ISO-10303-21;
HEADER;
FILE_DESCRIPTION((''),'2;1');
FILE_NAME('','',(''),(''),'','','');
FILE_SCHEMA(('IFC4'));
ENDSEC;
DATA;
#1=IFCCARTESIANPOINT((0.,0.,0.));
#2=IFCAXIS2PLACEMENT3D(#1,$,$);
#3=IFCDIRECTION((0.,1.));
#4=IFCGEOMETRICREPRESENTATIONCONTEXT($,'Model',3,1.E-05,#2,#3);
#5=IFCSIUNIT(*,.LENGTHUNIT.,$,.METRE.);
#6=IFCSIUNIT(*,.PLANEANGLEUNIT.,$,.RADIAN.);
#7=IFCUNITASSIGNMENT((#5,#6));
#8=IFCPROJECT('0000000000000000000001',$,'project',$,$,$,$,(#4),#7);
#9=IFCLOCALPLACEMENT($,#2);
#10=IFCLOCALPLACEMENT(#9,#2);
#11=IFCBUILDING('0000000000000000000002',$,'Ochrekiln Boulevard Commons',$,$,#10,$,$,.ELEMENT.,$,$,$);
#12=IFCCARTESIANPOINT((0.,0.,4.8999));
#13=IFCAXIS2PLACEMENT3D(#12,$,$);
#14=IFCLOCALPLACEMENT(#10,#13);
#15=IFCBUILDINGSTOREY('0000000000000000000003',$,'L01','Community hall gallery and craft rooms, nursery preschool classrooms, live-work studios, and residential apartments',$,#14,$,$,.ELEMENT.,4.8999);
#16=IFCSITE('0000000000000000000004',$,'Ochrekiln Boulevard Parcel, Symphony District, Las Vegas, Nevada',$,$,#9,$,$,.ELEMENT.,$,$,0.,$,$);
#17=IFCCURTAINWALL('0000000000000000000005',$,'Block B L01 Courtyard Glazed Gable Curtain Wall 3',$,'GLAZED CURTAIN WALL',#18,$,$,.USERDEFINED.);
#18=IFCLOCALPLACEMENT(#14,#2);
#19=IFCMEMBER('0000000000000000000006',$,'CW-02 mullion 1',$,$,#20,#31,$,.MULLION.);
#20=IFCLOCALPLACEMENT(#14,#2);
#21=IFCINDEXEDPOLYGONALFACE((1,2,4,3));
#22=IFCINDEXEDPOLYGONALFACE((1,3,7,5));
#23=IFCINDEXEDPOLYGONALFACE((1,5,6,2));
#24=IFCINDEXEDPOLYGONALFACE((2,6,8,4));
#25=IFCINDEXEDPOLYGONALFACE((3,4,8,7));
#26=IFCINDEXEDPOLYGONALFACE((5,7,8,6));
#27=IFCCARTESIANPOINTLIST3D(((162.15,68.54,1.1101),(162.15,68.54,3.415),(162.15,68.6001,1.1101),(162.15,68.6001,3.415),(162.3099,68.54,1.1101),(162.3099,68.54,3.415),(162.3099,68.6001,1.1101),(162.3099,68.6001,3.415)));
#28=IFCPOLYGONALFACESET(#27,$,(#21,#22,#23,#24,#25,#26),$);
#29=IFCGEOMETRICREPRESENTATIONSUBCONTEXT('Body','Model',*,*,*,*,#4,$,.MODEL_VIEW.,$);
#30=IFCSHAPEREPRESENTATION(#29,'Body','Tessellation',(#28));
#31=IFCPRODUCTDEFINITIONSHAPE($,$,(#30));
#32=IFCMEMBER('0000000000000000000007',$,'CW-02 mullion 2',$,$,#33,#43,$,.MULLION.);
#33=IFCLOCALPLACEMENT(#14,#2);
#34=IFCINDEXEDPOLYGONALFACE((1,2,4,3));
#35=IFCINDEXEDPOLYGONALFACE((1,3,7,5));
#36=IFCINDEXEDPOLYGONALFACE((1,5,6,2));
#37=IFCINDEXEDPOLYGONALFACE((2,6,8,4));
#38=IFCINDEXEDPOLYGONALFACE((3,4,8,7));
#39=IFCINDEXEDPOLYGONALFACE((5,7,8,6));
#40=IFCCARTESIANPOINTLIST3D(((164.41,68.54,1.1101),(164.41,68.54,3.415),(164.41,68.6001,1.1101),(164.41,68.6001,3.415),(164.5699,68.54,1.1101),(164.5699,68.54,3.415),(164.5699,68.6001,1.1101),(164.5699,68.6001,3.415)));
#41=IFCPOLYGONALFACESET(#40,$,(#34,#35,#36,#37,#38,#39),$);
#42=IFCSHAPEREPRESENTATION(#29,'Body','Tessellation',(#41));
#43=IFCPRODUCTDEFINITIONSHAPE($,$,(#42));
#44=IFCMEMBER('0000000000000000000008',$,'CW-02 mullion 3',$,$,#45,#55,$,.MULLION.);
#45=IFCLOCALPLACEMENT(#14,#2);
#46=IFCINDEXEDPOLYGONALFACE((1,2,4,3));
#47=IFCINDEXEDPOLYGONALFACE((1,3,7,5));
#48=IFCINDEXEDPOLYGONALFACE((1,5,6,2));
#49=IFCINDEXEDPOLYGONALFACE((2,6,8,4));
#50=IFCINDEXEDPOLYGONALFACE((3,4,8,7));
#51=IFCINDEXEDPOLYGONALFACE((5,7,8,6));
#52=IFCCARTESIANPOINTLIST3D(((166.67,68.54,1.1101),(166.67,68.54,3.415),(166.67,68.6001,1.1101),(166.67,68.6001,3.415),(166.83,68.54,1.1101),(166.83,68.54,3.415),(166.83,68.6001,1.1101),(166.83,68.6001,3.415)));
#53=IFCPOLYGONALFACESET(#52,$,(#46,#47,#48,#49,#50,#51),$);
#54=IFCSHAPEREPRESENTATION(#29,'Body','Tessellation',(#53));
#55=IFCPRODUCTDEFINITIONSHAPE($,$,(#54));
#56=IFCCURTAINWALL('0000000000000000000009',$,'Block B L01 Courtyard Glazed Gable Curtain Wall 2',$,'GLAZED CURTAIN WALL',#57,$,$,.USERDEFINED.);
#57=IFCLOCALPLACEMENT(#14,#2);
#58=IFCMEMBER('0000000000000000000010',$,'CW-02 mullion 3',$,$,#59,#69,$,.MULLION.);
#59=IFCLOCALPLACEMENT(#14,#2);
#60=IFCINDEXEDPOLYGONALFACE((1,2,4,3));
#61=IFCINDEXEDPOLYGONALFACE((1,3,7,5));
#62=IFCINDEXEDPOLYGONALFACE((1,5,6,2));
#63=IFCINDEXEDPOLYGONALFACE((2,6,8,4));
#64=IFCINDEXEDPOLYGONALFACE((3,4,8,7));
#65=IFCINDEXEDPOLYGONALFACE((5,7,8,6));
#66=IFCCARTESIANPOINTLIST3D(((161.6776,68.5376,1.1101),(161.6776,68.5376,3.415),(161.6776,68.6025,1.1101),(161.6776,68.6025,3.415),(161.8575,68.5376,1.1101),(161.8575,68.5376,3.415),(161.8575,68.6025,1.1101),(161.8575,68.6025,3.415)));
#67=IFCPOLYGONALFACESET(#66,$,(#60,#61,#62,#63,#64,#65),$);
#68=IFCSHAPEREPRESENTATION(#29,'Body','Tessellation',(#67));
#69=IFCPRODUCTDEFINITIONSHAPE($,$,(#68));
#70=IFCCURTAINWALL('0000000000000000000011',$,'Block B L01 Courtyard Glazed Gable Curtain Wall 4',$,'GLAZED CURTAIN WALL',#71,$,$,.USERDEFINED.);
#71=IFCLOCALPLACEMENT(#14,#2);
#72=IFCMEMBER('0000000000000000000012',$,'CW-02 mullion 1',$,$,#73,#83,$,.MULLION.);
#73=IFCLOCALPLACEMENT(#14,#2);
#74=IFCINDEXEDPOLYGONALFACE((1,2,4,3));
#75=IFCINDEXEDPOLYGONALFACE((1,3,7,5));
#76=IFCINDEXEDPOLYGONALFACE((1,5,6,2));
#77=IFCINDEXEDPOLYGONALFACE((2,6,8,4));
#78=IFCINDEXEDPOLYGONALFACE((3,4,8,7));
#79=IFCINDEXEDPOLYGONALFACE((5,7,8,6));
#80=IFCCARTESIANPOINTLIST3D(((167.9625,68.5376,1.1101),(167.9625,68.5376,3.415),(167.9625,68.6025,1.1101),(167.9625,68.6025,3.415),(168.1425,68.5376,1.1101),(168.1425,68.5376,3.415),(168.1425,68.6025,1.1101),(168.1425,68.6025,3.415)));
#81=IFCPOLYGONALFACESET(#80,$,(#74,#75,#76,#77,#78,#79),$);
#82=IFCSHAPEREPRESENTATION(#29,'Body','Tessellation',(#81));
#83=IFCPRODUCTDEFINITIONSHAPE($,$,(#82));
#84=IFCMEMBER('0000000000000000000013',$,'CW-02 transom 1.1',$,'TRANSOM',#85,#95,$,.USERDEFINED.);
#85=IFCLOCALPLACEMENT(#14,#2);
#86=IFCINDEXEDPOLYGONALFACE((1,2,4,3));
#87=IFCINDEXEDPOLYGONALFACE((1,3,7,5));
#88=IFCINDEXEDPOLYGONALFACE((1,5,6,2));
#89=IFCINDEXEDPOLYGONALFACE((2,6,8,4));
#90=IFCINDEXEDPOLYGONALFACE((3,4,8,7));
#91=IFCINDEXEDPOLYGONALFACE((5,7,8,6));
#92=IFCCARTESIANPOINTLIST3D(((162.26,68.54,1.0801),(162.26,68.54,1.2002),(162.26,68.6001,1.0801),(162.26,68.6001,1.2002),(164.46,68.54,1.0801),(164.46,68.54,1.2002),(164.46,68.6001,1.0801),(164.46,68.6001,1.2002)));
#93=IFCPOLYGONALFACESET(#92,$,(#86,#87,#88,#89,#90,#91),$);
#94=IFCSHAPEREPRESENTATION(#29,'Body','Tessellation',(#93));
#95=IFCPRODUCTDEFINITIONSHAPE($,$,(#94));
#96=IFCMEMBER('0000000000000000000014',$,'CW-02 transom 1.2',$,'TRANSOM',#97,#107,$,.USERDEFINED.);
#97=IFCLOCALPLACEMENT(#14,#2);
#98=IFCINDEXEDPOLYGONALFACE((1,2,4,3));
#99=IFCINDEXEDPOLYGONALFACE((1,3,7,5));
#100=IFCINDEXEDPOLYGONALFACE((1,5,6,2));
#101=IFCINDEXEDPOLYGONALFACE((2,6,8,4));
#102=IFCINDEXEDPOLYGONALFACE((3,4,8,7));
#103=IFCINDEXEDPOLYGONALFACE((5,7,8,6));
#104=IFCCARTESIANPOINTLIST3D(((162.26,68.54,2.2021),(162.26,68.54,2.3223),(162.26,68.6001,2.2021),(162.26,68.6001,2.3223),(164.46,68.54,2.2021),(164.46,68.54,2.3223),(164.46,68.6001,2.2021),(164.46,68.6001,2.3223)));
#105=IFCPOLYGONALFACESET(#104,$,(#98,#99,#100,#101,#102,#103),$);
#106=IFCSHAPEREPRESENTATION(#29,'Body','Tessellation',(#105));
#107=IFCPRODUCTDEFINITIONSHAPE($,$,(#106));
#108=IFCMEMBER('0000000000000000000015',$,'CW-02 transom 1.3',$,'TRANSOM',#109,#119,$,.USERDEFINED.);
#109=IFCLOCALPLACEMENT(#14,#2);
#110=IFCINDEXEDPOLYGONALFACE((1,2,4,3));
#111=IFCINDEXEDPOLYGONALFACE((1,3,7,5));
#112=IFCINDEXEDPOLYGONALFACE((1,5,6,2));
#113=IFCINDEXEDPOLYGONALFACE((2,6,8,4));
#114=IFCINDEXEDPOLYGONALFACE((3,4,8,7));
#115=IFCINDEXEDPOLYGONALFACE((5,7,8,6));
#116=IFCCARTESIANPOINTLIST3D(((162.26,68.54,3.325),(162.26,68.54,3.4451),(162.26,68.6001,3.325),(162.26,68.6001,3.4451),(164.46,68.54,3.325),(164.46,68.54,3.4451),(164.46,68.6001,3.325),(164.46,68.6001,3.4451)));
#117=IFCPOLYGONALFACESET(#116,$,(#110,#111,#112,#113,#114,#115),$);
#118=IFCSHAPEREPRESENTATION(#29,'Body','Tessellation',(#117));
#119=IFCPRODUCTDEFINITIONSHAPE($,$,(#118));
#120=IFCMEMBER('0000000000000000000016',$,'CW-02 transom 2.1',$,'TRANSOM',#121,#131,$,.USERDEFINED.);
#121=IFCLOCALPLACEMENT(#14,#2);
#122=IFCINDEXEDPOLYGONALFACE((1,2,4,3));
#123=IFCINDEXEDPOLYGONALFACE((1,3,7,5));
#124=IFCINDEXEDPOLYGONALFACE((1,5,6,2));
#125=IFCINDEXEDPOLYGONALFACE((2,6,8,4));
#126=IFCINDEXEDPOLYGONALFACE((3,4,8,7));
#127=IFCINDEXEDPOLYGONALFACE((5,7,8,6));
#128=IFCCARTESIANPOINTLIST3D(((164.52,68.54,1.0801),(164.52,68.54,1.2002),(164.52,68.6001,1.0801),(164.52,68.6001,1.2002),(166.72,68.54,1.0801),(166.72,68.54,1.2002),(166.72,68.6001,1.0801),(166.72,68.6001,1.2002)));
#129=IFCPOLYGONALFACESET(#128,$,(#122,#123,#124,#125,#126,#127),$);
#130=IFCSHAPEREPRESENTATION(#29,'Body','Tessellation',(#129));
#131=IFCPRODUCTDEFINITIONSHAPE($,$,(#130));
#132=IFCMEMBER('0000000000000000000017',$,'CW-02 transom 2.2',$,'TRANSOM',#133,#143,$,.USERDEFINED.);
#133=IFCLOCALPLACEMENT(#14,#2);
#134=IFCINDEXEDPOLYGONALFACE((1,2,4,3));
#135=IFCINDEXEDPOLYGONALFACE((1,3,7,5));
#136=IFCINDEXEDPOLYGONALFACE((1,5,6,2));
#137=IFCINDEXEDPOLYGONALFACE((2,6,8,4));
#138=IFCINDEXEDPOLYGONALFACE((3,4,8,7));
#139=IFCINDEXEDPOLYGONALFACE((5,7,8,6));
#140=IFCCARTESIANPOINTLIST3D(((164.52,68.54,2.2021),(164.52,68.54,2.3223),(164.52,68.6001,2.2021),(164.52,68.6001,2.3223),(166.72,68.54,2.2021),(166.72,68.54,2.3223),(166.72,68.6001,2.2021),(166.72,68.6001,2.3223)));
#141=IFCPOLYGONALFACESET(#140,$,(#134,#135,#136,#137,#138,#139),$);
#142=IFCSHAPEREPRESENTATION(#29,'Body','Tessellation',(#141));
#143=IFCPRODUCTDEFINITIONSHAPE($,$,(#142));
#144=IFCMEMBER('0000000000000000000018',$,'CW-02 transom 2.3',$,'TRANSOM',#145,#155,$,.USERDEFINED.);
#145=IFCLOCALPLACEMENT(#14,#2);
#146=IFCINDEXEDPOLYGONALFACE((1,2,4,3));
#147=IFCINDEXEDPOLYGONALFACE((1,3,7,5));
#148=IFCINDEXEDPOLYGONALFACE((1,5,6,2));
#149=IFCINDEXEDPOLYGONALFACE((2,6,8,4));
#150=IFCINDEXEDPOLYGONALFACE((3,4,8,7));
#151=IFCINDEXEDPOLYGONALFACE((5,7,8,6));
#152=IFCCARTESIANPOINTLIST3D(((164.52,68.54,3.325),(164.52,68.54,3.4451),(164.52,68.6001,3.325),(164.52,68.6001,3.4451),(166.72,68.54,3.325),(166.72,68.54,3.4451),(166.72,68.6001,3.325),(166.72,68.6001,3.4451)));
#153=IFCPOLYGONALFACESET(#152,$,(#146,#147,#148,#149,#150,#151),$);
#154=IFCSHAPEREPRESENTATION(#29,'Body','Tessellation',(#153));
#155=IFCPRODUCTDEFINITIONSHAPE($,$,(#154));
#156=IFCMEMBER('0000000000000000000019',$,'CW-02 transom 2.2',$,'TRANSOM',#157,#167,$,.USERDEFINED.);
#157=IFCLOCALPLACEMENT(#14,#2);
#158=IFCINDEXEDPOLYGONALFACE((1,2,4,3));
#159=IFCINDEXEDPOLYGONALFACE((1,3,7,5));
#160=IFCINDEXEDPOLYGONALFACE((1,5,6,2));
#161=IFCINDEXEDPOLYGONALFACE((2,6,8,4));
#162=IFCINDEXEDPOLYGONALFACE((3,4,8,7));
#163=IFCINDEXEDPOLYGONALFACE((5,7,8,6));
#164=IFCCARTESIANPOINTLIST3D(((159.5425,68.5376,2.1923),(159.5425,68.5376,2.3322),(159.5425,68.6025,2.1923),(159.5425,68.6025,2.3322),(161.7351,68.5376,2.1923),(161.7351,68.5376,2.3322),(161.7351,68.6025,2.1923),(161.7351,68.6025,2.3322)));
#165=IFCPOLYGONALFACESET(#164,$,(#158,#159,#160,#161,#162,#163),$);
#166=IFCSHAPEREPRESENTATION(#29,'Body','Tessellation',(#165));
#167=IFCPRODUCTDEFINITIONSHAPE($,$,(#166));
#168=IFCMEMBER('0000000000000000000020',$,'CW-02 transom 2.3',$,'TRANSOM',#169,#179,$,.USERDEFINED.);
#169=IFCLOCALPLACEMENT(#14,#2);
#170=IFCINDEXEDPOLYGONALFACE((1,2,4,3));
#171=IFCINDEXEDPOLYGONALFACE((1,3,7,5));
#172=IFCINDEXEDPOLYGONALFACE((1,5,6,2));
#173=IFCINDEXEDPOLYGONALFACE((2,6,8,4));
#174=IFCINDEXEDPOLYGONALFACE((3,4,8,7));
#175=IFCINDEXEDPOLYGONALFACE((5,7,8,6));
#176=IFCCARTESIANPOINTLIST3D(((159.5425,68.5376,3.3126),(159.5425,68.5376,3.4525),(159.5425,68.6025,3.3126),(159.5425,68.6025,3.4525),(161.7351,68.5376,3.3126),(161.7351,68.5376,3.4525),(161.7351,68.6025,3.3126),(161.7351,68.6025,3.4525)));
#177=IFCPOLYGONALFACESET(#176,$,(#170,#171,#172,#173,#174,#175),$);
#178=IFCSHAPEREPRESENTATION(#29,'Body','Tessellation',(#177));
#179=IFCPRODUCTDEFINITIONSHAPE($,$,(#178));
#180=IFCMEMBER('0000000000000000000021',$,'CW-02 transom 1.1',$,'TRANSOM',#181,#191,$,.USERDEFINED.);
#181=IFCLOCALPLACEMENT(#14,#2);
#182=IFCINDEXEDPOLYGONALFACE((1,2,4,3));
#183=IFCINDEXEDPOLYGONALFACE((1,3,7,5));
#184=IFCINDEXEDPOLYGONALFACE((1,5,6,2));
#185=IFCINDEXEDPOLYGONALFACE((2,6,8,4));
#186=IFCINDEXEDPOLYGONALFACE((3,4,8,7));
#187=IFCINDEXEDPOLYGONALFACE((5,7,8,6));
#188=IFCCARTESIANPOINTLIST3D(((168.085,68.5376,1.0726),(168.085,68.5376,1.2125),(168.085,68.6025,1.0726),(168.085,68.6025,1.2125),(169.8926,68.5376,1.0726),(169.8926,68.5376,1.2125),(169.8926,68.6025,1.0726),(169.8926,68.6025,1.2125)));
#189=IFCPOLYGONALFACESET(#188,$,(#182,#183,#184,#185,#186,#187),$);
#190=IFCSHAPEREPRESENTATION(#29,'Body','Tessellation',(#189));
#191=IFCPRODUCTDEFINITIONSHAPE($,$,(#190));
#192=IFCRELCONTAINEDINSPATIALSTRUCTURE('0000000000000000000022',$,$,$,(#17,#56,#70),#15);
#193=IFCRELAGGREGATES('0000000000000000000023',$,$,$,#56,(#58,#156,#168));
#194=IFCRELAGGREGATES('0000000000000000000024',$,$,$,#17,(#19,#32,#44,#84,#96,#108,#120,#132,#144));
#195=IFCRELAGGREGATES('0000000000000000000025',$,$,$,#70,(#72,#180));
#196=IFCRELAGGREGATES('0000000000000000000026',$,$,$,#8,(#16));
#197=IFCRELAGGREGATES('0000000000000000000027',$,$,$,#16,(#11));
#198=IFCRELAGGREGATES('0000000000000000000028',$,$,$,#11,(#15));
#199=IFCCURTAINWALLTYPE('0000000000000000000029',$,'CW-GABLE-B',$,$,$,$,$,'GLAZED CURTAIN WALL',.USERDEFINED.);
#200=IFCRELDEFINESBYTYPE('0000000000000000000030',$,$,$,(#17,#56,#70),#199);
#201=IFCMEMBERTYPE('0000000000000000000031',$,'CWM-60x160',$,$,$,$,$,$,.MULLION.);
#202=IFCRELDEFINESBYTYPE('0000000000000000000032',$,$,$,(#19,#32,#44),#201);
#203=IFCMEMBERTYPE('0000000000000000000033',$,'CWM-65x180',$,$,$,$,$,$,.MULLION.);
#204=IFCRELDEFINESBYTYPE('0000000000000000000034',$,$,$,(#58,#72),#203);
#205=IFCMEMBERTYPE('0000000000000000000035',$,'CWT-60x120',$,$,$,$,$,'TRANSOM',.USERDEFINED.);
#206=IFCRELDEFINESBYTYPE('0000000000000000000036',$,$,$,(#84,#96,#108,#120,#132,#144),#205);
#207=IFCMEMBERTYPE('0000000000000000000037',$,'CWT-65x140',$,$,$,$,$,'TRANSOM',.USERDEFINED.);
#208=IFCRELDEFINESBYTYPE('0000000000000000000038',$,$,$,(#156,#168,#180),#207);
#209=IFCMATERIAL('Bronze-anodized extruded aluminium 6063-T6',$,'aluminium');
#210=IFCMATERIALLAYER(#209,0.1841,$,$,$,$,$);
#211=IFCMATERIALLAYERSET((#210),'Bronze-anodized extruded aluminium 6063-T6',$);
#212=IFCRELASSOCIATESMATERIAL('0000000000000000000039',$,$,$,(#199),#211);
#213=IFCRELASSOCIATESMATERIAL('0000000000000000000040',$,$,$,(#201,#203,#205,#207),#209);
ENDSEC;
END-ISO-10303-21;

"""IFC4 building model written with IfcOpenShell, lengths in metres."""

from ifc_helpers import new_model, si_unit, direction, frame, origin, origin_2d, place, context, subcontext, project, spatial, rectangle, extrude, material, layer, layer_set, material_profile, profile_set, type_object, element, aggregate, save


model = new_model("IFC4")

# Units and contexts
model_context = context("Model", 3, precision=1e-05, world=origin(), true_north=direction((0.0, 1.0)))
body_context = subcontext(model_context, "Body", "Model", "MODEL_VIEW")
ifc_project = project(units=[si_unit("LENGTHUNIT", "METRE"), si_unit("PLANEANGLEUNIT", "RADIAN")], contexts=[model_context])

# Site, building, storey
site_placement = place(None, origin())
site = spatial("IfcSite", under=ifc_project, at=site_placement, Name="Ochrekiln Boulevard Parcel, Symphony District, Las Vegas, Nevada", CompositionType="ELEMENT", RefElevation=0.0)
building_placement = place(site_placement, origin())
building = spatial("IfcBuilding", under=site, at=building_placement, Name="Ochrekiln Boulevard Commons", CompositionType="ELEMENT")
storey_placement = place(building_placement, frame((0.0, 0.0, 4.8999)))
storey = spatial("IfcBuildingStorey", under=building, at=storey_placement, Name="L01", Description="Community hall gallery and craft rooms, nursery preschool classrooms, live-work studios, and residential apartments", CompositionType="ELEMENT", Elevation=4.8999)

# Curtain wall, members
ifc_material_1 = material(Name="Bronze-anodized extruded aluminium 6063-T6", Category="aluminium")
ifc_layer_1 = layer(ifc_material_1, 0.1841)
ifc_layer_set_1 = layer_set([ifc_layer_1], Name="Bronze-anodized extruded aluminium 6063-T6")
curtain_wall_type = type_object("IfcCurtainWallType", Name="CW-GABLE-B", ElementType="GLAZED CURTAIN WALL", PredefinedType="USERDEFINED", material=ifc_layer_set_1)
curtain_wall_1_placement = place(storey_placement, origin())
curtain_wall_1 = element("IfcCurtainWall", 1, at=curtain_wall_1_placement, inside=storey, type_object=curtain_wall_type, Name="Block B L01 Courtyard Glazed Gable Curtain Wall 3", ObjectType="GLAZED CURTAIN WALL", PredefinedType="USERDEFINED")
ifc_material_profile_1 = material_profile(ifc_material_1, rectangle(XDim=0.0601, YDim=0.1599, at=origin_2d()), Name="ALU-MUL-60x160")
ifc_profile_set_1 = profile_set([ifc_material_profile_1], Name="Bronze-anodized extruded aluminium 6063-T6")
member_type_1 = type_object("IfcMemberType", Name="CWM-60x160", PredefinedType="MULLION", material=ifc_profile_set_1)
member_1_placement = place(storey_placement, frame((162.23, 68.5701, 1.1101), z_axis=(0.0, 0.0, 1.0), x_axis=(0.0, 1.0, 0.0)))
member_1 = element("IfcMember", 2, at=member_1_placement, type_object=member_type_1, Name="CW-02 mullion 1", PredefinedType="MULLION", context=body_context, shape_type="SweptSolid", body=[
    extrude(rectangle(XDim=0.0601, YDim=0.1599, at=origin_2d()), origin(), (0.0, 0.0, 1.0), 2.3049),
])
member_2_placement = place(storey_placement, frame((164.49, 68.5701, 1.1101), z_axis=(0.0, 0.0, 1.0), x_axis=(0.0, 1.0, 0.0)))
member_2 = element("IfcMember", 3, at=member_2_placement, type_object=member_type_1, Name="CW-02 mullion 2", PredefinedType="MULLION", context=body_context, shape_type="SweptSolid", body=[
    extrude(rectangle(XDim=0.0601, YDim=0.1599, at=origin_2d()), origin(), (0.0, 0.0, 1.0), 2.3049),
])
member_3_placement = place(storey_placement, frame((166.75, 68.5701, 1.1101), z_axis=(0.0, 0.0, 1.0), x_axis=(0.0, 1.0, 0.0)))
member_3 = element("IfcMember", 4, at=member_3_placement, type_object=member_type_1, Name="CW-02 mullion 3", PredefinedType="MULLION", context=body_context, shape_type="SweptSolid", body=[
    extrude(rectangle(XDim=0.0601, YDim=0.1599, at=origin_2d()), origin(), (0.0, 0.0, 1.0), 2.3049),
])

# Curtain walls, members
curtain_wall_2_placement = place(storey_placement, origin())
curtain_wall_2 = element("IfcCurtainWall", 5, at=curtain_wall_2_placement, inside=storey, type_object=curtain_wall_type, Name="Block B L01 Courtyard Glazed Gable Curtain Wall 2", ObjectType="GLAZED CURTAIN WALL", PredefinedType="USERDEFINED")
ifc_material_profile_2 = material_profile(ifc_material_1, rectangle(XDim=0.0649, YDim=0.1799, at=origin_2d()), Name="ALU-MUL-65x180")
ifc_profile_set_2 = profile_set([ifc_material_profile_2], Name="Bronze-anodized extruded aluminium 6063-T6")
member_type_2 = type_object("IfcMemberType", Name="CWM-65x180", PredefinedType="MULLION", material=ifc_profile_set_2)
member_4_placement = place(storey_placement, frame((161.7676, 68.5701, 1.1101), z_axis=(0.0, 0.0, 1.0), x_axis=(0.0, 1.0, 0.0)))
member_4 = element("IfcMember", 6, at=member_4_placement, type_object=member_type_2, Name="CW-02 mullion 3", PredefinedType="MULLION", context=body_context, shape_type="SweptSolid", body=[
    extrude(rectangle(XDim=0.0649, YDim=0.1799, at=origin_2d()), origin(), (0.0, 0.0, 1.0), 2.3049),
])
curtain_wall_3_placement = place(storey_placement, origin())
curtain_wall_3 = element("IfcCurtainWall", 7, at=curtain_wall_3_placement, inside=storey, type_object=curtain_wall_type, Name="Block B L01 Courtyard Glazed Gable Curtain Wall 4", ObjectType="GLAZED CURTAIN WALL", PredefinedType="USERDEFINED")
member_5_placement = place(storey_placement, frame((168.0525, 68.5701, 1.1101), z_axis=(0.0, 0.0, 1.0), x_axis=(0.0, 1.0, 0.0)))
member_5 = element("IfcMember", 8, at=member_5_placement, type_object=member_type_2, Name="CW-02 mullion 1", PredefinedType="MULLION", context=body_context, shape_type="SweptSolid", body=[
    extrude(rectangle(XDim=0.0649, YDim=0.1799, at=origin_2d()), origin(), (0.0, 0.0, 1.0), 2.3049),
])

# Members
ifc_material_profile_3 = material_profile(ifc_material_1, rectangle(XDim=0.0601, YDim=0.1201, at=origin_2d()), Name="ALU-TRN-60x120")
ifc_profile_set_3 = profile_set([ifc_material_profile_3], Name="Bronze-anodized extruded aluminium 6063-T6")
member_type_3 = type_object("IfcMemberType", Name="CWT-60x120", ElementType="TRANSOM", PredefinedType="USERDEFINED", material=ifc_profile_set_3)
member_6_placement = place(storey_placement, frame((162.26, 68.5701, 1.1401), z_axis=(1.0, 0.0, 0.0), x_axis=(0.0, 1.0, 0.0)))
member_6 = element("IfcMember", 9, at=member_6_placement, type_object=member_type_3, Name="CW-02 transom 1.1", ObjectType="TRANSOM", PredefinedType="USERDEFINED", context=body_context, shape_type="SweptSolid", body=[
    extrude(rectangle(XDim=0.0601, YDim=0.1201, at=origin_2d()), origin(), (0.0, 0.0, 1.0), 2.2),
])
member_7_placement = place(storey_placement, frame((162.26, 68.5701, 2.2622), z_axis=(1.0, 0.0, 0.0), x_axis=(0.0, 1.0, 0.0)))
member_7 = element("IfcMember", 10, at=member_7_placement, type_object=member_type_3, Name="CW-02 transom 1.2", ObjectType="TRANSOM", PredefinedType="USERDEFINED", context=body_context, shape_type="SweptSolid", body=[
    extrude(rectangle(XDim=0.0601, YDim=0.1201, at=origin_2d()), origin(), (0.0, 0.0, 1.0), 2.2),
])
member_8_placement = place(storey_placement, frame((162.26, 68.5701, 3.385), z_axis=(1.0, 0.0, 0.0), x_axis=(0.0, 1.0, 0.0)))
member_8 = element("IfcMember", 11, at=member_8_placement, type_object=member_type_3, Name="CW-02 transom 1.3", ObjectType="TRANSOM", PredefinedType="USERDEFINED", context=body_context, shape_type="SweptSolid", body=[
    extrude(rectangle(XDim=0.0601, YDim=0.1201, at=origin_2d()), origin(), (0.0, 0.0, 1.0), 2.2),
])
member_9_placement = place(storey_placement, frame((164.52, 68.5701, 1.1401), z_axis=(1.0, 0.0, 0.0), x_axis=(0.0, 1.0, 0.0)))
member_9 = element("IfcMember", 12, at=member_9_placement, type_object=member_type_3, Name="CW-02 transom 2.1", ObjectType="TRANSOM", PredefinedType="USERDEFINED", context=body_context, shape_type="SweptSolid", body=[
    extrude(rectangle(XDim=0.0601, YDim=0.1201, at=origin_2d()), origin(), (0.0, 0.0, 1.0), 2.2),
])
member_10_placement = place(storey_placement, frame((164.52, 68.5701, 2.2622), z_axis=(1.0, 0.0, 0.0), x_axis=(0.0, 1.0, 0.0)))
member_10 = element("IfcMember", 13, at=member_10_placement, type_object=member_type_3, Name="CW-02 transom 2.2", ObjectType="TRANSOM", PredefinedType="USERDEFINED", context=body_context, shape_type="SweptSolid", body=[
    extrude(rectangle(XDim=0.0601, YDim=0.1201, at=origin_2d()), origin(), (0.0, 0.0, 1.0), 2.2),
])
member_11_placement = place(storey_placement, frame((164.52, 68.5701, 3.385), z_axis=(1.0, 0.0, 0.0), x_axis=(0.0, 1.0, 0.0)))
member_11 = element("IfcMember", 14, at=member_11_placement, type_object=member_type_3, Name="CW-02 transom 2.3", ObjectType="TRANSOM", PredefinedType="USERDEFINED", context=body_context, shape_type="SweptSolid", body=[
    extrude(rectangle(XDim=0.0601, YDim=0.1201, at=origin_2d()), origin(), (0.0, 0.0, 1.0), 2.2),
])
ifc_material_profile_4 = material_profile(ifc_material_1, rectangle(XDim=0.0649, YDim=0.1399, at=origin_2d()), Name="ALU-TRN-65x140")
ifc_profile_set_4 = profile_set([ifc_material_profile_4], Name="Bronze-anodized extruded aluminium 6063-T6")
member_type_4 = type_object("IfcMemberType", Name="CWT-65x140", ElementType="TRANSOM", PredefinedType="USERDEFINED", material=ifc_profile_set_4)
member_12_placement = place(storey_placement, frame((159.5425, 68.5701, 2.2622), z_axis=(1.0, 0.0, 0.0), x_axis=(0.0, 1.0, 0.0)))
member_12 = element("IfcMember", 15, at=member_12_placement, type_object=member_type_4, Name="CW-02 transom 2.2", ObjectType="TRANSOM", PredefinedType="USERDEFINED", context=body_context, shape_type="SweptSolid", body=[
    extrude(rectangle(XDim=0.0649, YDim=0.1399, at=origin_2d()), origin(), (0.0, 0.0, 1.0), 2.1926),
])
member_13_placement = place(storey_placement, frame((159.5425, 68.5701, 3.3826), z_axis=(1.0, 0.0, 0.0), x_axis=(0.0, 1.0, 0.0)))
member_13 = element("IfcMember", 16, at=member_13_placement, type_object=member_type_4, Name="CW-02 transom 2.3", ObjectType="TRANSOM", PredefinedType="USERDEFINED", context=body_context, shape_type="SweptSolid", body=[
    extrude(rectangle(XDim=0.0649, YDim=0.1399, at=origin_2d()), origin(), (0.0, 0.0, 1.0), 2.1926),
])
member_14_placement = place(storey_placement, frame((168.085, 68.5701, 1.1426), z_axis=(1.0, 0.0, 0.0), x_axis=(0.0, 1.0, 0.0)))
member_14 = element("IfcMember", 17, at=member_14_placement, type_object=member_type_4, Name="CW-02 transom 1.1", ObjectType="TRANSOM", PredefinedType="USERDEFINED", context=body_context, shape_type="SweptSolid", body=[
    extrude(rectangle(XDim=0.0649, YDim=0.1399, at=origin_2d()), origin(), (0.0, 0.0, 1.0), 1.8076),
])

aggregate(curtain_wall_2, [member_4, member_12, member_13])
aggregate(curtain_wall_1, [member_1, member_2, member_3, member_6, member_7, member_8, member_9, member_10, member_11])
aggregate(curtain_wall_3, [member_5, member_14])

save(model, "model.ifc")
